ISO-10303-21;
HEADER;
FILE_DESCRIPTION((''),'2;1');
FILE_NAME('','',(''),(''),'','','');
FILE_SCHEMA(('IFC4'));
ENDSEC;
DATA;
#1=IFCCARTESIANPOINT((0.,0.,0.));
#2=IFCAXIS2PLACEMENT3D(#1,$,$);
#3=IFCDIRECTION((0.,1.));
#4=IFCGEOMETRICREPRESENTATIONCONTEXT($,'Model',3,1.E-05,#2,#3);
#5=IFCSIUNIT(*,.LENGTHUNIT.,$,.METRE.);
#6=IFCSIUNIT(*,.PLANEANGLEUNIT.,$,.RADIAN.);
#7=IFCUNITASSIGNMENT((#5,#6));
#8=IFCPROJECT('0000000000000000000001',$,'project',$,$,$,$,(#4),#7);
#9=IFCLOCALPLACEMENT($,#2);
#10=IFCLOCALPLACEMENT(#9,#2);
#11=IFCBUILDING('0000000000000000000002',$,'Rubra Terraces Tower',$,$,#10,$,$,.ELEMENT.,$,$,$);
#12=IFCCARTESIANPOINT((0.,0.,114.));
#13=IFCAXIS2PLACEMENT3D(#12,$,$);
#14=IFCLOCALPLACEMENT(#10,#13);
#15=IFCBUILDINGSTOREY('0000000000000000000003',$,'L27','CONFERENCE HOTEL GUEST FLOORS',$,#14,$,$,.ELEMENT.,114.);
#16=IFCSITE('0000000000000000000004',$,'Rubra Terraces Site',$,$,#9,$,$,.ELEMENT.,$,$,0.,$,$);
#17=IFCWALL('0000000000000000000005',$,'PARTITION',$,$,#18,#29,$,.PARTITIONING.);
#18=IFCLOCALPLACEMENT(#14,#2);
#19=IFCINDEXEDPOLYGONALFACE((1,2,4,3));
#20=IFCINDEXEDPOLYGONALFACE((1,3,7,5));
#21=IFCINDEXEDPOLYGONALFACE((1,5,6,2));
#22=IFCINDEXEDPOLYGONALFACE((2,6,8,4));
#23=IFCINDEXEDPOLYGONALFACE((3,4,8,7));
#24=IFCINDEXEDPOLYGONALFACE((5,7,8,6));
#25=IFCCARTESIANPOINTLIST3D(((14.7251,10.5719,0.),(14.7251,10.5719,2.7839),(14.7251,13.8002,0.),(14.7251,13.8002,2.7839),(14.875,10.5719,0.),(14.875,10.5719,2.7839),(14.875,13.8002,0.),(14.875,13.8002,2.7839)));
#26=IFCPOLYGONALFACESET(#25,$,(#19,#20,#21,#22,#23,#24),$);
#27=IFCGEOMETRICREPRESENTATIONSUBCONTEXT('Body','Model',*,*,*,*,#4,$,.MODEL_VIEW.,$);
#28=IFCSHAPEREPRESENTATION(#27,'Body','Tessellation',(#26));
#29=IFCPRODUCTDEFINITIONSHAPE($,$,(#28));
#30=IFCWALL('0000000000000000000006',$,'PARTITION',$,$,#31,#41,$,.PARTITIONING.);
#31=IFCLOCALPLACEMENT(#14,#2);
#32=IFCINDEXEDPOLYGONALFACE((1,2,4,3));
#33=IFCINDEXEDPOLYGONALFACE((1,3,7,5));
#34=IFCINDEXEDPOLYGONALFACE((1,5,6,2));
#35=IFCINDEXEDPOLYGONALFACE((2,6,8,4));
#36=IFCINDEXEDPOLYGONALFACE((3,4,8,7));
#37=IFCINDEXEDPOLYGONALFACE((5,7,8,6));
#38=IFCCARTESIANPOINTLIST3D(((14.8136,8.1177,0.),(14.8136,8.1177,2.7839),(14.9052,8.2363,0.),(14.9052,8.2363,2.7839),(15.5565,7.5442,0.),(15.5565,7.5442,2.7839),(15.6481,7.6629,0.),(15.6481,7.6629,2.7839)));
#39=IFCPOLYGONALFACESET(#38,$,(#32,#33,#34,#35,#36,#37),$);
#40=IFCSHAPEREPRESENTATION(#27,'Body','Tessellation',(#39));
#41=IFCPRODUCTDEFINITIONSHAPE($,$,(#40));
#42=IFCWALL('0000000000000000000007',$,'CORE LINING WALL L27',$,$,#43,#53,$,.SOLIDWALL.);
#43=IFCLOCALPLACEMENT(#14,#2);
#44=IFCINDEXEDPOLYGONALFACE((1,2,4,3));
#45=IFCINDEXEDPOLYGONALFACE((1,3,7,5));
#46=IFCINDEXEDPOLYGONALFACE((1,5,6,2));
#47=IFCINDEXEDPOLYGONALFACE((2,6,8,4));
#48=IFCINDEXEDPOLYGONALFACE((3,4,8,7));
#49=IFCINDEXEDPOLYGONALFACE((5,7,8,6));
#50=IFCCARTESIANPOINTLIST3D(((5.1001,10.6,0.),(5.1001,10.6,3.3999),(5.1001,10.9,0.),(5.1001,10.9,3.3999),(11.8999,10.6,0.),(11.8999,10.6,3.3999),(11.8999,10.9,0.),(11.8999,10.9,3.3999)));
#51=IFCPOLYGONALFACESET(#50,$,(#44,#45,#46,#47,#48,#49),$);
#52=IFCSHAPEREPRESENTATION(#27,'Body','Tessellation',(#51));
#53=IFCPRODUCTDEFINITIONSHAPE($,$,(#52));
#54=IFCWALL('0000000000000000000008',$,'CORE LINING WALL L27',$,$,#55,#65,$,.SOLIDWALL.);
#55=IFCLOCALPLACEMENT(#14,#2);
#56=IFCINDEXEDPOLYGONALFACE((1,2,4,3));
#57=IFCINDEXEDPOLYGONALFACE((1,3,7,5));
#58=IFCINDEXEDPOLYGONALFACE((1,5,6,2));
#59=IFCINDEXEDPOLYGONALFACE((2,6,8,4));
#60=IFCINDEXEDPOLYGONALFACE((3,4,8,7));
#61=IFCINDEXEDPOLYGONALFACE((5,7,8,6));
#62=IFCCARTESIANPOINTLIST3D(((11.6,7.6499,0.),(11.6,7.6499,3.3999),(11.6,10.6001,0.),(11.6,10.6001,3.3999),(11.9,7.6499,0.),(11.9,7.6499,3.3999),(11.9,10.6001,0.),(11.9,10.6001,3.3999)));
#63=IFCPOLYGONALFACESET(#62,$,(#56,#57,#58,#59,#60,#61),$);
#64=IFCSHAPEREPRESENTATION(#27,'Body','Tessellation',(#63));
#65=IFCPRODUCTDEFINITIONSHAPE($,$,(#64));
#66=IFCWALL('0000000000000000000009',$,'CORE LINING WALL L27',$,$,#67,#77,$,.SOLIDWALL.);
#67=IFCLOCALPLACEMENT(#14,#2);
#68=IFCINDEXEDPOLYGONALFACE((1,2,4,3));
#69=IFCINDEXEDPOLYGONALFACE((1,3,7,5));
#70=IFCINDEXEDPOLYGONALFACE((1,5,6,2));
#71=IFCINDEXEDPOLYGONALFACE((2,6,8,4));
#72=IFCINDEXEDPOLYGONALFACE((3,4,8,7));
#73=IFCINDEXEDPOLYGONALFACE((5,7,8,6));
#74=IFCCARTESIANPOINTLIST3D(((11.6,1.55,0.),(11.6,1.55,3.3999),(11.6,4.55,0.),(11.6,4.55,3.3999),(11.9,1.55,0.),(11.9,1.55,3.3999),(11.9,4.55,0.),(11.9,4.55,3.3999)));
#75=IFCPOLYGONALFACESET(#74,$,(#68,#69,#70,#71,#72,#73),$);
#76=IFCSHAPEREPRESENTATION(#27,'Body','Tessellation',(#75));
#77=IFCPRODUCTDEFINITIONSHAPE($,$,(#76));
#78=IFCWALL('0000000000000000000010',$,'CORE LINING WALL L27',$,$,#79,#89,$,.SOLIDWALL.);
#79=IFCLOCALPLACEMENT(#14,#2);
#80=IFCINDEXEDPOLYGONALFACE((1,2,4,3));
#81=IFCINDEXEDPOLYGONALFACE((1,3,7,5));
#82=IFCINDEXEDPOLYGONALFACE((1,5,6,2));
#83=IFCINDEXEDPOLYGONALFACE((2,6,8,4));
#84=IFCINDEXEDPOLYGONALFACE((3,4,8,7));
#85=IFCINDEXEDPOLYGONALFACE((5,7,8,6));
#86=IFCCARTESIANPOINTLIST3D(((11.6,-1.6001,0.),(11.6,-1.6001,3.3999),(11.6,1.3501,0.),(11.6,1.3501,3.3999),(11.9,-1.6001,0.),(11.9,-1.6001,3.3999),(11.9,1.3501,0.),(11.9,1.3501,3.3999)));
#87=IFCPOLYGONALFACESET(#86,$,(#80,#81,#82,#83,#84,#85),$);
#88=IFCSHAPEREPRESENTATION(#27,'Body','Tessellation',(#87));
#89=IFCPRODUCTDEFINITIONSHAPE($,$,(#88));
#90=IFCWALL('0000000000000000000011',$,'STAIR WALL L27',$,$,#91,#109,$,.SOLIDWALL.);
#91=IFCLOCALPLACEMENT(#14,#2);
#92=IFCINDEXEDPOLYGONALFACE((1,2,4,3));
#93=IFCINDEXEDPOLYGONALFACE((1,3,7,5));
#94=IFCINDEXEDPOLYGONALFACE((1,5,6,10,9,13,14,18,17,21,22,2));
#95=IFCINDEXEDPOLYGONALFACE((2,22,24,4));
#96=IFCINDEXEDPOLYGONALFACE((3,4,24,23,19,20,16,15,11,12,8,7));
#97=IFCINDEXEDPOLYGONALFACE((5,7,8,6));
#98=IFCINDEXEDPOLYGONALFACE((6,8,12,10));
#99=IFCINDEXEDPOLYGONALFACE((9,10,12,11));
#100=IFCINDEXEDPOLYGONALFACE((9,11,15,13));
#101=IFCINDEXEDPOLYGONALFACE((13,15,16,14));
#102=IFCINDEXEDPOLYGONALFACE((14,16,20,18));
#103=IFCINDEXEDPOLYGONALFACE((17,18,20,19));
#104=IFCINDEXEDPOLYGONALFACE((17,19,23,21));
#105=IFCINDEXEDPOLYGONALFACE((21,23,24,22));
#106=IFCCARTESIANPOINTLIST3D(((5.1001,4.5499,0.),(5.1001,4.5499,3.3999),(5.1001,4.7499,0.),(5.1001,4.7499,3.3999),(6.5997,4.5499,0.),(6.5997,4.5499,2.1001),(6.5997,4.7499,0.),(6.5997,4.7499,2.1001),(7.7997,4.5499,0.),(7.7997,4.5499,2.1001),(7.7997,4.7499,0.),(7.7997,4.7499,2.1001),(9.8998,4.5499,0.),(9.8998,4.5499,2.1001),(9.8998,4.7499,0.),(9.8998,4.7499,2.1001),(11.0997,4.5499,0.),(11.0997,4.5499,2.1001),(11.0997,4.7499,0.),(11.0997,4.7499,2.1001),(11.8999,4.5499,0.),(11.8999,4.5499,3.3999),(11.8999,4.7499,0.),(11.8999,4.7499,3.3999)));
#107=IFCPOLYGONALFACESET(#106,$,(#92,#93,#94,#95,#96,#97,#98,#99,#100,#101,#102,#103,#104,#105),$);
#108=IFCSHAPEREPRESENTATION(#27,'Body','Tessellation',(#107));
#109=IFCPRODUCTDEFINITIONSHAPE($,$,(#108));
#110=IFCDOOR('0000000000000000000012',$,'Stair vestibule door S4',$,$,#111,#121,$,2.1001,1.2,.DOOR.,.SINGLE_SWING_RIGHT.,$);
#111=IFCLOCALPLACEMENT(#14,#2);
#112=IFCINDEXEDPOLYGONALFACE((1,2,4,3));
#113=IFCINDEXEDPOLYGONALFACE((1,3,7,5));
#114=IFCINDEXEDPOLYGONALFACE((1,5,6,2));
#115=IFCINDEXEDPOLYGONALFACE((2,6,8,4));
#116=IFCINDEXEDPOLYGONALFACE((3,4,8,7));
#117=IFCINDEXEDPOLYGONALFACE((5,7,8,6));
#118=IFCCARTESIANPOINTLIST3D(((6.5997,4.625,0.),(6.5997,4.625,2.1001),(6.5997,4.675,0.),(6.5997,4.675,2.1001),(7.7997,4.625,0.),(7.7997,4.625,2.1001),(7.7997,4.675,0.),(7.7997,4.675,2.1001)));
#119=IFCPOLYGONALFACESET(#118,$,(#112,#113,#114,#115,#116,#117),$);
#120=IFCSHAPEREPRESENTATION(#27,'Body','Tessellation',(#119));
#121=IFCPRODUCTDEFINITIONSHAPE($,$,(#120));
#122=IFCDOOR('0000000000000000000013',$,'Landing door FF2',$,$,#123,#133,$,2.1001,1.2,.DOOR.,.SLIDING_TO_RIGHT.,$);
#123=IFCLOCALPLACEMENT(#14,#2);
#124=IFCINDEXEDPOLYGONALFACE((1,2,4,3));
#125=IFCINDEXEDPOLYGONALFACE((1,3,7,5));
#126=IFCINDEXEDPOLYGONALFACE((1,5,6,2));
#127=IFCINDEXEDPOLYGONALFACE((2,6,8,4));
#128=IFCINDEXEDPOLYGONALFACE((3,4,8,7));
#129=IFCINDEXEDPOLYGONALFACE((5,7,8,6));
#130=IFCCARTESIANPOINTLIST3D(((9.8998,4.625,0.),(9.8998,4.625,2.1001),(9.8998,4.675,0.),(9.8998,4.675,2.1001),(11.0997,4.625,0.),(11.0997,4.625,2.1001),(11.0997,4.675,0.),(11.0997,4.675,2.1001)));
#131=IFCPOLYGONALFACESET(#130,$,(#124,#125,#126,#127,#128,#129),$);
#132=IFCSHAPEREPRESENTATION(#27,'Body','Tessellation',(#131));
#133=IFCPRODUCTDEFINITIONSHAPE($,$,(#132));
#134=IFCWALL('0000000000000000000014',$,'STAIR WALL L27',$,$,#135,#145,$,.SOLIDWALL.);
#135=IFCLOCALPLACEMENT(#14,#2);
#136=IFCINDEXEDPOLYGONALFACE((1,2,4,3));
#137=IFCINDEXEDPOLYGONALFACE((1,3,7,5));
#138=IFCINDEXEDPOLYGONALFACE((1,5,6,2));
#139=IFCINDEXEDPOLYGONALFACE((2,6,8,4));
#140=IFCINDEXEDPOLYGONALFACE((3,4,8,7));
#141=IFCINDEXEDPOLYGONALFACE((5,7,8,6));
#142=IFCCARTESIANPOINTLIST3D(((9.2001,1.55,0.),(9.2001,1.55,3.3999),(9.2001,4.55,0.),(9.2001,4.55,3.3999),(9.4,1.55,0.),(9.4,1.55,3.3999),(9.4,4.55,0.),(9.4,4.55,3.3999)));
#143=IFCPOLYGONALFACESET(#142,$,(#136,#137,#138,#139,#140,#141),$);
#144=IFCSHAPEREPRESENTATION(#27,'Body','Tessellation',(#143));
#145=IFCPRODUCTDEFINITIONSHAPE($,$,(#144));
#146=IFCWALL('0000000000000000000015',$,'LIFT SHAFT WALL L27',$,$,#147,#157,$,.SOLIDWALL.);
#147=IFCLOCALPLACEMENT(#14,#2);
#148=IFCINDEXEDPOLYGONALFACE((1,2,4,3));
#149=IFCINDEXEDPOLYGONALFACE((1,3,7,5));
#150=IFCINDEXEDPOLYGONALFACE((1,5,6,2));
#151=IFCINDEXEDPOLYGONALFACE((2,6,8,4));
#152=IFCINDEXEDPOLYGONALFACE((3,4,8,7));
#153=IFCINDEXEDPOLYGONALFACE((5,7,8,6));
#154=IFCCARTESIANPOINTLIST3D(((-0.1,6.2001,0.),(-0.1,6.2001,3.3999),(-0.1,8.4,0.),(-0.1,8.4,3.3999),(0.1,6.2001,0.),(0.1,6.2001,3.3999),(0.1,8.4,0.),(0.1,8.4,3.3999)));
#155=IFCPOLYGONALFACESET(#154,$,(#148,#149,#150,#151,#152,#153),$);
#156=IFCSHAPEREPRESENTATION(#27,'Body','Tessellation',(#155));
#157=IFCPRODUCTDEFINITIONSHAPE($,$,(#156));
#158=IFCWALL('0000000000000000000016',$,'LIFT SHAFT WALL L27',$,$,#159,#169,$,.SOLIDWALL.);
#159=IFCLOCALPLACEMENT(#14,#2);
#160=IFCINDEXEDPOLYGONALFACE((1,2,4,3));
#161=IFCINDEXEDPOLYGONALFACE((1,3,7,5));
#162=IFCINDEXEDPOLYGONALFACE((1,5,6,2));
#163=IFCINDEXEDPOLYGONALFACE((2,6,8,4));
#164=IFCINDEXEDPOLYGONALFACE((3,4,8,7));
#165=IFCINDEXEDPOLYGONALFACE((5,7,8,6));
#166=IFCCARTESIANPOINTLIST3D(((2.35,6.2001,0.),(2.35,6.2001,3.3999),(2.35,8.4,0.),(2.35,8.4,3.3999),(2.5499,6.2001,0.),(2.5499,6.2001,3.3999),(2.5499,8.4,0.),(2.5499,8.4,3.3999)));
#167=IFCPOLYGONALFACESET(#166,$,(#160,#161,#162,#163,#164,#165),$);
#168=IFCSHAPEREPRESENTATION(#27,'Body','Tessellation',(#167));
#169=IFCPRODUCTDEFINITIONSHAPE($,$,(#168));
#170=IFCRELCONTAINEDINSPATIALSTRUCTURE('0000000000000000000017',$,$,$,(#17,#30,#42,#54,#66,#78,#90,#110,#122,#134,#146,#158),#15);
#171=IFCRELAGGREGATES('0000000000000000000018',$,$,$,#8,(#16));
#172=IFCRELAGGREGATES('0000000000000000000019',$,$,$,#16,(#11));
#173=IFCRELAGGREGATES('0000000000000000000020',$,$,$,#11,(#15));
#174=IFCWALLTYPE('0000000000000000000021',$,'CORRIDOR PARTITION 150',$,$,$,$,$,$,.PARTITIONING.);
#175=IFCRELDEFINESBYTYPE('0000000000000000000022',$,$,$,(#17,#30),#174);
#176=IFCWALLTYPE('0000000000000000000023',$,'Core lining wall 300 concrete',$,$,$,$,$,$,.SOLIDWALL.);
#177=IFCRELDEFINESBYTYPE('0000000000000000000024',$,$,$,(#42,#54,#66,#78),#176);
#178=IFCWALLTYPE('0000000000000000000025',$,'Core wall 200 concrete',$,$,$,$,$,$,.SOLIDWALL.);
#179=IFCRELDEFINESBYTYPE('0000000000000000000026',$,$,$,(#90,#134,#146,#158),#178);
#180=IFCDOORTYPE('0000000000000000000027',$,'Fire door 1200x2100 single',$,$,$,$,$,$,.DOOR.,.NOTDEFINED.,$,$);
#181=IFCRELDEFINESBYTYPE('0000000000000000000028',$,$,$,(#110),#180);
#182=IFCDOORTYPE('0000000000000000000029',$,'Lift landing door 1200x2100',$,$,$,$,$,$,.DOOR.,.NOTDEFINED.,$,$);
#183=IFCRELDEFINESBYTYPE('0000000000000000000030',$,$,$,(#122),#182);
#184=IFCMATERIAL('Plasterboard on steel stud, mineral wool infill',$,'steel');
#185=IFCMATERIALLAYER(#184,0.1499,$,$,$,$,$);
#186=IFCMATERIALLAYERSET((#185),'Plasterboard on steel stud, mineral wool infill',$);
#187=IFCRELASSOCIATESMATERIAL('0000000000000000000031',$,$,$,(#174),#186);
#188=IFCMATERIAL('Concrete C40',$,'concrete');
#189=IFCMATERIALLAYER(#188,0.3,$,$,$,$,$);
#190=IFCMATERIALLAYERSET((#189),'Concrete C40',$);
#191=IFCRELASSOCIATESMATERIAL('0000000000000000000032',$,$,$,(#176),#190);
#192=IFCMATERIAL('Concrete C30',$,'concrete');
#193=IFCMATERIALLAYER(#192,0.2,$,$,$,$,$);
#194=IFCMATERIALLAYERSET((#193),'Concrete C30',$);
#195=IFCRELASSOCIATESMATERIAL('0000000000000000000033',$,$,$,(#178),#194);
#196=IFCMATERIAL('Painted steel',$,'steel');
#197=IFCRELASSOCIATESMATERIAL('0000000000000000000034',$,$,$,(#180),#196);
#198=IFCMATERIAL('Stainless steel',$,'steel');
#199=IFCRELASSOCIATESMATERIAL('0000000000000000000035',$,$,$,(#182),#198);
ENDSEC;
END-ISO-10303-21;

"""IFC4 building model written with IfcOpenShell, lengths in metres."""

from ifc_helpers import new_model, si_unit, direction, frame, frame_2d, origin, place, context, subcontext, project, spatial, rectangle, extrude, material, layer, layer_set, type_object, element, fill, save


model = new_model("IFC4")

# Units and contexts
model_context = context("Model", 3, precision=1e-05, world=origin(), true_north=direction((0.0, 1.0)))
body_context = subcontext(model_context, "Body", "Model", "MODEL_VIEW")
ifc_project = project(units=[si_unit("LENGTHUNIT", "METRE"), si_unit("PLANEANGLEUNIT", "RADIAN")], contexts=[model_context])

# Site, building, storey
site_placement = place(None, origin())
site = spatial("IfcSite", under=ifc_project, at=site_placement, Name="Rubra Terraces Site", CompositionType="ELEMENT", RefElevation=0.0)
building_placement = place(site_placement, origin())
building = spatial("IfcBuilding", under=site, at=building_placement, Name="Rubra Terraces Tower", CompositionType="ELEMENT")
storey_placement = place(building_placement, frame((0.0, 0.0, 114.0)))
storey = spatial("IfcBuildingStorey", under=building, at=storey_placement, Name="L27", Description="CONFERENCE HOTEL GUEST FLOORS", CompositionType="ELEMENT", Elevation=114.0)

# Walls
ifc_material_1 = material(Name="Plasterboard on steel stud, mineral wool infill", Category="steel")
ifc_layer_1 = layer(ifc_material_1, 0.1499)
ifc_layer_set_1 = layer_set([ifc_layer_1], Name="Plasterboard on steel stud, mineral wool infill")
wall_type_1 = type_object("IfcWallType", Name="CORRIDOR PARTITION 150", PredefinedType="PARTITIONING", material=ifc_layer_set_1)
wall_1_placement = place(storey_placement, frame((14.8, 10.5718, 0.0), z_axis=(0.0, 0.0, 1.0), x_axis=(0.0, 1.0, 0.0)))
element("IfcWall", 1, at=wall_1_placement, inside=storey, type_object=wall_type_1, Name="PARTITION", PredefinedType="PARTITIONING", context=body_context, shape_type="SweptSolid", body=[
    extrude(rectangle(XDim=3.2283, YDim=0.1499, at=frame_2d((1.6143, 0.0))), origin(), (0.0, 0.0, 1.0), 2.7839),
])
wall_2_placement = place(storey_placement, frame((14.8594, 8.177, 0.0), z_axis=(0.0, 0.0, 1.0), x_axis=(0.791588, -0.611055, 0.0)))
element("IfcWall", 2, at=wall_2_placement, inside=storey, type_object=wall_type_1, Name="PARTITION", PredefinedType="PARTITIONING", context=body_context, shape_type="SweptSolid", body=[
    extrude(rectangle(XDim=0.9385, YDim=0.1499, at=frame_2d((0.4692, 0.0))), origin(), (0.0, 0.0, 1.0), 2.7839),
])
ifc_material_2 = material(Name="Concrete C40", Category="concrete")
ifc_layer_2 = layer(ifc_material_2, 0.3)
ifc_layer_set_2 = layer_set([ifc_layer_2], Name="Concrete C40")
wall_type_2 = type_object("IfcWallType", Name="Core lining wall 300 concrete", PredefinedType="SOLIDWALL", material=ifc_layer_set_2)
wall_3_placement = place(storey_placement, frame((11.8999, 10.75, 0.0), z_axis=(0.0, 0.0, 1.0), x_axis=(-1.0, 0.0, 0.0)))
element("IfcWall", 3, at=wall_3_placement, inside=storey, type_object=wall_type_2, Name="CORE LINING WALL L27", PredefinedType="SOLIDWALL", context=body_context, shape_type="SweptSolid", body=[
    extrude(rectangle(XDim=6.7998, YDim=0.3, at=frame_2d((3.3999, 0.0))), origin(), (0.0, 0.0, 1.0), 3.3999),
])
wall_4_placement = place(storey_placement, frame((11.75, 10.6001, 0.0), z_axis=(0.0, 0.0, 1.0), x_axis=(0.0, -1.0, 0.0)))
element("IfcWall", 4, at=wall_4_placement, inside=storey, type_object=wall_type_2, Name="CORE LINING WALL L27", PredefinedType="SOLIDWALL", context=body_context, shape_type="SweptSolid", body=[
    extrude(rectangle(XDim=2.9502, YDim=0.3, at=frame_2d((1.4751, 0.0))), origin(), (0.0, 0.0, 1.0), 3.3999),
])
wall_5_placement = place(storey_placement, frame((11.75, 4.55, 0.0), z_axis=(0.0, 0.0, 1.0), x_axis=(0.0, -1.0, 0.0)))
element("IfcWall", 5, at=wall_5_placement, inside=storey, type_object=wall_type_2, Name="CORE LINING WALL L27", PredefinedType="SOLIDWALL", context=body_context, shape_type="SweptSolid", body=[
    extrude(rectangle(XDim=3.0, YDim=0.3, at=frame_2d((1.5, 0.0))), origin(), (0.0, 0.0, 1.0), 3.3999),
])
wall_6_placement = place(storey_placement, frame((11.75, 1.3501, 0.0), z_axis=(0.0, 0.0, 1.0), x_axis=(0.0, -1.0, 0.0)))
element("IfcWall", 6, at=wall_6_placement, inside=storey, type_object=wall_type_2, Name="CORE LINING WALL L27", PredefinedType="SOLIDWALL", context=body_context, shape_type="SweptSolid", body=[
    extrude(rectangle(XDim=2.9502, YDim=0.3, at=frame_2d((1.4751, 0.0))), origin(), (0.0, 0.0, 1.0), 3.3999),
])

# Wall, openings, doors
ifc_material_3 = material(Name="Concrete C30", Category="concrete")
ifc_layer_3 = layer(ifc_material_3, 0.2)
ifc_layer_set_3 = layer_set([ifc_layer_3], Name="Concrete C30")
wall_type_3 = type_object("IfcWallType", Name="Core wall 200 concrete", PredefinedType="SOLIDWALL", material=ifc_layer_set_3)
wall_7_placement = place(storey_placement, frame((11.8999, 4.6499, 0.0), z_axis=(0.0, 0.0, 1.0), x_axis=(-1.0, 0.0, 0.0)))
wall_7 = element("IfcWall", 7, at=wall_7_placement, inside=storey, type_object=wall_type_3, Name="STAIR WALL L27", PredefinedType="SOLIDWALL", context=body_context, shape_type="SweptSolid", body=[
    extrude(rectangle(XDim=6.7998, YDim=0.2, at=frame_2d((3.3999, 0.0))), origin(), (0.0, 0.0, 1.0), 3.3999),
])
opening_1_placement = place(wall_7_placement, frame((4.1001, 0.0, 0.0)))
opening_1 = element("IfcOpeningElement", 8, at=opening_1_placement, cuts=wall_7, PredefinedType="OPENING", context=body_context, shape_type="SweptSolid", body=[
    extrude(rectangle(XDim=1.2, YDim=2.1001, at=frame_2d((0.6001, 1.05))), frame((0.0, 0.1099, 0.0), z_axis=(0.0, -1.0, 0.0), x_axis=(1.0, 0.0, 0.0)), (0.0, 0.0, 1.0), 0.22),
])
opening_2_placement = place(wall_7_placement, frame((0.8, 0.0, 0.0)))
opening_2 = element("IfcOpeningElement", 9, at=opening_2_placement, cuts=wall_7, PredefinedType="OPENING", context=body_context, shape_type="SweptSolid", body=[
    extrude(rectangle(XDim=1.2, YDim=2.1001, at=frame_2d((0.6001, 1.05))), frame((0.0, 0.1099, 0.0), z_axis=(0.0, -1.0, 0.0), x_axis=(1.0, 0.0, 0.0)), (0.0, 0.0, 1.0), 0.22),
])
ifc_material_4 = material(Name="Painted steel", Category="steel")
door_type_1 = type_object("IfcDoorType", Name="Fire door 1200x2100 single", OperationType="NOTDEFINED", PredefinedType="DOOR", material=ifc_material_4)
door_1_placement = place(opening_1_placement, origin())
door_1 = element("IfcDoor", 10, at=door_1_placement, inside=storey, type_object=door_type_1, Name="Stair vestibule door S4", OperationType="SINGLE_SWING_RIGHT", OverallHeight=2.1001, OverallWidth=1.2, PredefinedType="DOOR", context=body_context, shape_type="SweptSolid", body=[
    extrude(rectangle(XDim=1.2, YDim=2.1001, at=frame_2d((0.6001, 1.05))), frame((0.0, 0.0249, 0.0), z_axis=(0.0, -1.0, 0.0), x_axis=(1.0, 0.0, 0.0)), (0.0, 0.0, 1.0), 0.05),
])
fill(opening_1, door_1)
ifc_material_5 = material(Name="Stainless steel", Category="steel")
door_type_2 = type_object("IfcDoorType", Name="Lift landing door 1200x2100", OperationType="NOTDEFINED", PredefinedType="DOOR", material=ifc_material_5)
door_2_placement = place(opening_2_placement, origin())
door_2 = element("IfcDoor", 11, at=door_2_placement, inside=storey, type_object=door_type_2, Name="Landing door FF2", OperationType="SLIDING_TO_RIGHT", OverallHeight=2.1001, OverallWidth=1.2, PredefinedType="DOOR", context=body_context, shape_type="SweptSolid", body=[
    extrude(rectangle(XDim=1.2, YDim=2.1001, at=frame_2d((0.6001, 1.05))), frame((0.0, 0.0249, 0.0), z_axis=(0.0, -1.0, 0.0), x_axis=(1.0, 0.0, 0.0)), (0.0, 0.0, 1.0), 0.05),
])
fill(opening_2, door_2)

# Walls
wall_8_placement = place(storey_placement, frame((9.3, 4.55, 0.0), z_axis=(0.0, 0.0, 1.0), x_axis=(0.0, -1.0, 0.0)))
element("IfcWall", 12, at=wall_8_placement, inside=storey, type_object=wall_type_3, Name="STAIR WALL L27", PredefinedType="SOLIDWALL", context=body_context, shape_type="SweptSolid", body=[
    extrude(rectangle(XDim=3.0, YDim=0.2, at=frame_2d((1.5, 0.0))), origin(), (0.0, 0.0, 1.0), 3.3999),
])
for number, where, z_axis, x_axis, name in (
    (13, (0.0, 6.2, 0.0), (0.0, 0.0, 1.0), (0.0, 1.0, 0.0), "LIFT SHAFT WALL L27"),
    (14, (2.45, 6.2, 0.0), (0.0, 0.0, 1.0), (0.0, 1.0, 0.0), "LIFT SHAFT WALL L27"),
):
    element("IfcWall", number, at=place(storey_placement, frame(where, z_axis=z_axis, x_axis=x_axis)), inside=storey, type_object=wall_type_3, Name=name, PredefinedType="SOLIDWALL", context=body_context, shape_type="SweptSolid", body=[
        extrude(rectangle(XDim=2.2, YDim=0.2, at=frame_2d((1.1001, 0.0))), origin(), (0.0, 0.0, 1.0), 3.3999),
    ])

save(model, "model.ifc")
